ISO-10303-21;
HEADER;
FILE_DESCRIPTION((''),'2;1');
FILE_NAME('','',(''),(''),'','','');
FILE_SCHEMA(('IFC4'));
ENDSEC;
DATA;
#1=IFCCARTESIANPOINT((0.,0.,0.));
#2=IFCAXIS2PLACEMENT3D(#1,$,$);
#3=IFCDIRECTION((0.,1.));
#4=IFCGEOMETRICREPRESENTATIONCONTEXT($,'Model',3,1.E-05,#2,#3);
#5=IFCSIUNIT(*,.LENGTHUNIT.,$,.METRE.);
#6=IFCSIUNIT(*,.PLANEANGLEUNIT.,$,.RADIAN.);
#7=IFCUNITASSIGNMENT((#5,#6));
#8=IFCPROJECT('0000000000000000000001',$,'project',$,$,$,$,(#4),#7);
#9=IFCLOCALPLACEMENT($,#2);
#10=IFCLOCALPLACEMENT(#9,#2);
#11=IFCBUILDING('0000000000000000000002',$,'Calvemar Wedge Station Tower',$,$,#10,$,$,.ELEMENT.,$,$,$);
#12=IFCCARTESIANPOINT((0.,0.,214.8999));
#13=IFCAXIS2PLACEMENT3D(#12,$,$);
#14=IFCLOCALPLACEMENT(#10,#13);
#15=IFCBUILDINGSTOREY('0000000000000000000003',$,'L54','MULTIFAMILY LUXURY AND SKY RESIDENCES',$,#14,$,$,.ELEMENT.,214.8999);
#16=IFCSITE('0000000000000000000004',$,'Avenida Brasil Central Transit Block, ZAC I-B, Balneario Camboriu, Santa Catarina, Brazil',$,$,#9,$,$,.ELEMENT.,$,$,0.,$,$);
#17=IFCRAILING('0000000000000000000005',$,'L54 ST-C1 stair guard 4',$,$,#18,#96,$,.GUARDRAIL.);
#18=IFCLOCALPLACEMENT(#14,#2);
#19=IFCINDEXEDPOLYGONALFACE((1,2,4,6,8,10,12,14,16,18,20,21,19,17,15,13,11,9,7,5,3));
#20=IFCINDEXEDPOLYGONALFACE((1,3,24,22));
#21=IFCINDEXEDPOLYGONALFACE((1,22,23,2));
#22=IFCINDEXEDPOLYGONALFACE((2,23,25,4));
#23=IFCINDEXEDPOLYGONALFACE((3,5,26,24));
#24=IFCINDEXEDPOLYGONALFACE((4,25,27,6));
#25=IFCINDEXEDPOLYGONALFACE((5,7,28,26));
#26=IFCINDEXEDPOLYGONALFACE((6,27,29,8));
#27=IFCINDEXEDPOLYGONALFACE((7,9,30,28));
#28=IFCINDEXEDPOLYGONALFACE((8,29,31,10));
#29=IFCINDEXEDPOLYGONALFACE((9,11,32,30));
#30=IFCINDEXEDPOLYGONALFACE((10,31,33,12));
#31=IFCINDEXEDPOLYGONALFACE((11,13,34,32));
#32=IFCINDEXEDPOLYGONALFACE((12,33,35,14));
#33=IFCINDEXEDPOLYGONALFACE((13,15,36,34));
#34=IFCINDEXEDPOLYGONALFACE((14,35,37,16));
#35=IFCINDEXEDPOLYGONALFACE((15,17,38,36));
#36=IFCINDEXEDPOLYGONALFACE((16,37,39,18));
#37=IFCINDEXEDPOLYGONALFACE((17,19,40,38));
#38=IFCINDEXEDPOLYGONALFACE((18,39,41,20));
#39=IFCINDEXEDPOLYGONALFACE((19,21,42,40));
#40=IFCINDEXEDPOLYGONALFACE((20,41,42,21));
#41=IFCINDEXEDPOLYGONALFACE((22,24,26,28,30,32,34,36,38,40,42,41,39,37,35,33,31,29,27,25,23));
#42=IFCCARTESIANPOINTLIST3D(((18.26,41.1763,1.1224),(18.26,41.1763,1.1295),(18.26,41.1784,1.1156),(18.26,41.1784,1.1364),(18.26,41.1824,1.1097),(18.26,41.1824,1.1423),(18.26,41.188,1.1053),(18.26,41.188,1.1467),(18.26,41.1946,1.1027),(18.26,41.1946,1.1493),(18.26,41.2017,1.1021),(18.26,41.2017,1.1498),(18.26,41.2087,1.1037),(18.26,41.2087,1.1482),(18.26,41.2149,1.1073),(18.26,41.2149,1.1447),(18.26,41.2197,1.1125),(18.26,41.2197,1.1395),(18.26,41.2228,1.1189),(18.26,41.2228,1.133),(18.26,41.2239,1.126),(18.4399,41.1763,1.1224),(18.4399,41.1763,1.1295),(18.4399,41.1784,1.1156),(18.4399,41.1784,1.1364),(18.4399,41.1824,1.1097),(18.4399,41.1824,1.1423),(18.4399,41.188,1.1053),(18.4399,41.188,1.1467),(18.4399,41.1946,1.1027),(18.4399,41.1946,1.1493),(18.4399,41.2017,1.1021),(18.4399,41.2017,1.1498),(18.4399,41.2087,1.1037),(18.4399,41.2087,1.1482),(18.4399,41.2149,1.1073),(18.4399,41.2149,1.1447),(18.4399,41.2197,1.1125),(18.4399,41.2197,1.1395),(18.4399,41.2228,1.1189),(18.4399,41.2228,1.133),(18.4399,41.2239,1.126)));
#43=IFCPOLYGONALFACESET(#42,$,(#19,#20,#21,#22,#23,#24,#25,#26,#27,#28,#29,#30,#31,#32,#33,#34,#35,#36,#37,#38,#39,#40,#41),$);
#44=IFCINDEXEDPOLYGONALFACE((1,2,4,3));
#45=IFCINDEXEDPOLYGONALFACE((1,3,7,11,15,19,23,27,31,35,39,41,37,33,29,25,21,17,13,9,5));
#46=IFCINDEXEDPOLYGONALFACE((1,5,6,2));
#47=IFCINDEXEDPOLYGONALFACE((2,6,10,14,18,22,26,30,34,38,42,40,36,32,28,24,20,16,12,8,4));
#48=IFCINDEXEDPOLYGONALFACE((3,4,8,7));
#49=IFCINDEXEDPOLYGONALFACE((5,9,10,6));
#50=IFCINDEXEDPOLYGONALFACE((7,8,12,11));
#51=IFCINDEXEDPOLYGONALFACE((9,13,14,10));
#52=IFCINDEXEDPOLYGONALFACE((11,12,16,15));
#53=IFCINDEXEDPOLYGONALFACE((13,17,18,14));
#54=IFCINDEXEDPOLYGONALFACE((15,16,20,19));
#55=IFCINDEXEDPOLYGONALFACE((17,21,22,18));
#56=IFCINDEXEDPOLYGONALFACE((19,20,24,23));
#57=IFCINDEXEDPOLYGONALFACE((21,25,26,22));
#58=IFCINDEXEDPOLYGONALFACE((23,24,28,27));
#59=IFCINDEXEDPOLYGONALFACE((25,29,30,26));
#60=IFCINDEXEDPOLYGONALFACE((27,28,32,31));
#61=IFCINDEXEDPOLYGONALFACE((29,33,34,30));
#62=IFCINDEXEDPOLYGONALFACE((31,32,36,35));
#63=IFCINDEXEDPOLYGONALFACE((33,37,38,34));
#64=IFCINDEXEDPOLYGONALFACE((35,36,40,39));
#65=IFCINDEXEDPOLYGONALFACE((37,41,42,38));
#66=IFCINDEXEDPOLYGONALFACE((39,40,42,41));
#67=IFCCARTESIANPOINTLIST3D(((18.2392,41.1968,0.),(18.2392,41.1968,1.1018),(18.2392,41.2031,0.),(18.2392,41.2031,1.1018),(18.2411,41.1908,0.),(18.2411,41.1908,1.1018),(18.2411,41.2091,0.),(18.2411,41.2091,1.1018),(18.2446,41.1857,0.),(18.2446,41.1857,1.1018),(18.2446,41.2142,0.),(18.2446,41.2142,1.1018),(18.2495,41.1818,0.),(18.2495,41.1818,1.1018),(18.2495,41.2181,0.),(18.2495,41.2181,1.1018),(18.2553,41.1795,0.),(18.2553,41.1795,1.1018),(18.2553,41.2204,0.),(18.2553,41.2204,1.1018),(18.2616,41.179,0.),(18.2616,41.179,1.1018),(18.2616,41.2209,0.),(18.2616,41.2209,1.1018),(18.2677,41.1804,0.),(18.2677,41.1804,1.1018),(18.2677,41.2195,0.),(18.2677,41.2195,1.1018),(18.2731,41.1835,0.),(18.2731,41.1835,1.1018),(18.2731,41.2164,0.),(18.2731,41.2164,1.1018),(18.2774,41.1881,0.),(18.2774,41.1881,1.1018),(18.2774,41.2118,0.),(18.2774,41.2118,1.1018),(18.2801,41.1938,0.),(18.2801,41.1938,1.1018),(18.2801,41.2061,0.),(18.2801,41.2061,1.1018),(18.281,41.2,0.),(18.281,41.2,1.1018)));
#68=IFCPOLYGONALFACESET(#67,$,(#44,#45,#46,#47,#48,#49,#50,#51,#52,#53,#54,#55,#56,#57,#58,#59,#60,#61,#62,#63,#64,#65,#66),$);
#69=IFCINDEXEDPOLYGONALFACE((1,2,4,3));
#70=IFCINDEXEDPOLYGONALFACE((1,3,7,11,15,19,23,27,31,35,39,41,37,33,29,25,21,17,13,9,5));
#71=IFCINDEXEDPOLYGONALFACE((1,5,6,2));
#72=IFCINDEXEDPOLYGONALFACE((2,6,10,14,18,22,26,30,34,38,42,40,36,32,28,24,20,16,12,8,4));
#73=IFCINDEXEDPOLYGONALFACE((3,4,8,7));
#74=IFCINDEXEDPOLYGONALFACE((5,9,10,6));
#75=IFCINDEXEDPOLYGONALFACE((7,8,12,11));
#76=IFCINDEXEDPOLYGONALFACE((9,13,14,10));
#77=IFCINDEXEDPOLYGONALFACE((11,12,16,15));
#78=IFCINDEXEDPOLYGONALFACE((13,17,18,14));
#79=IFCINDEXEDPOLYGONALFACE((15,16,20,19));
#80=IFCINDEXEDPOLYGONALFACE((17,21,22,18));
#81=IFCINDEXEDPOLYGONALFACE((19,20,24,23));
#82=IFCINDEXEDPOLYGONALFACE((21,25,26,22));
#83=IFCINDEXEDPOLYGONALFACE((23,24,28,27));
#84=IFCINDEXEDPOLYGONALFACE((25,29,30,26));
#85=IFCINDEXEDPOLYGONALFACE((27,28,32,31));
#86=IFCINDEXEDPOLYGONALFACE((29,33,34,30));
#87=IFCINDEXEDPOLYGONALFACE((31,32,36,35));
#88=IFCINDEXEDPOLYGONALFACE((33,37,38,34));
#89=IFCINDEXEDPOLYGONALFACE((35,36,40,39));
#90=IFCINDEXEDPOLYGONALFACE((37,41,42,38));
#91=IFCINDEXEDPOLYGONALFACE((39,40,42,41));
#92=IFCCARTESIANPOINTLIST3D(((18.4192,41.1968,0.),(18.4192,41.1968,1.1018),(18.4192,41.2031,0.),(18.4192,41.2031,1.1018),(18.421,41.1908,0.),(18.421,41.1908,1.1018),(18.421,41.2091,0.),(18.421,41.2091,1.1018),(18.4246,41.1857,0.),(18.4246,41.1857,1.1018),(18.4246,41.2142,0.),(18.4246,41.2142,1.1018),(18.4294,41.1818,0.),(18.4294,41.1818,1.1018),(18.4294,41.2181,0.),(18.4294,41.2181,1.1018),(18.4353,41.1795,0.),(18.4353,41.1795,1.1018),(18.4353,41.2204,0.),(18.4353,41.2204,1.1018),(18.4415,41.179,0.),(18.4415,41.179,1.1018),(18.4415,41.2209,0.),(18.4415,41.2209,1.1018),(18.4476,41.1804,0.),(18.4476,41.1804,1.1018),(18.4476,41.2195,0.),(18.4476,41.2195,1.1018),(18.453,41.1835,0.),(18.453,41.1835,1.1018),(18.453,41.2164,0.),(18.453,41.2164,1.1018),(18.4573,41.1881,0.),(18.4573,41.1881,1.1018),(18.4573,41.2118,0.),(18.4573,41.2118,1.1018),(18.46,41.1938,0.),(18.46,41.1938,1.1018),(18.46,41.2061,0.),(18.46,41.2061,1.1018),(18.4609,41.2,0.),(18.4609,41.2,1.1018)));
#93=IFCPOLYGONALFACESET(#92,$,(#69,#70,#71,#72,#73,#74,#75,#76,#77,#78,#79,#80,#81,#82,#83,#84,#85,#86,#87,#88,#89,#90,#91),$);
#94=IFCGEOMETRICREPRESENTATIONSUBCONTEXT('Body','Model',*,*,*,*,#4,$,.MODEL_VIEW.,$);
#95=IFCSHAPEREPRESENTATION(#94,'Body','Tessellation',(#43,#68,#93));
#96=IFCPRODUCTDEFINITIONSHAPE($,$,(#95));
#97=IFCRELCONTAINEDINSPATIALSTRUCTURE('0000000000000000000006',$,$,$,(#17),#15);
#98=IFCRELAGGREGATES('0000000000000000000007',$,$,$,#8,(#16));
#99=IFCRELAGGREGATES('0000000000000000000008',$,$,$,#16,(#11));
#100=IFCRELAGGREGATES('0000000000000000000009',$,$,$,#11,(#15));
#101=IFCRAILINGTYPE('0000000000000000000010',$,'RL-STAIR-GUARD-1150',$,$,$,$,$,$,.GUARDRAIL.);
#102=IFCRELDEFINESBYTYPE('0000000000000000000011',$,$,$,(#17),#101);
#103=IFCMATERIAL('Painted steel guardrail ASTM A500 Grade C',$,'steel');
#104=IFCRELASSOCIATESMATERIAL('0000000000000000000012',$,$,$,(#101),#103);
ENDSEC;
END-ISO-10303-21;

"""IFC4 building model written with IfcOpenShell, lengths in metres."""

from ifc_helpers import new_model, si_unit, direction, frame, origin, origin_2d, place, context, subcontext, project, spatial, circle, extrude, material, type_object, element, save


model = new_model("IFC4")

# Units and contexts
model_context = context("Model", 3, precision=1e-05, world=origin(), true_north=direction((0.0, 1.0)))
body_context = subcontext(model_context, "Body", "Model", "MODEL_VIEW")
ifc_project = project(units=[si_unit("LENGTHUNIT", "METRE"), si_unit("PLANEANGLEUNIT", "RADIAN")], contexts=[model_context])

# Site, building, storey
site_placement = place(None, origin())
site = spatial("IfcSite", under=ifc_project, at=site_placement, Name="Avenida Brasil Central Transit Block, ZAC I-B, Balneario Camboriu, Santa Catarina, Brazil", CompositionType="ELEMENT", RefElevation=0.0)
building_placement = place(site_placement, origin())
building = spatial("IfcBuilding", under=site, at=building_placement, Name="Calvemar Wedge Station Tower", CompositionType="ELEMENT")
storey_placement = place(building_placement, frame((0.0, 0.0, 214.8999)))
storey = spatial("IfcBuildingStorey", under=building, at=storey_placement, Name="L54", Description="MULTIFAMILY LUXURY AND SKY RESIDENCES", CompositionType="ELEMENT", Elevation=214.8999)

# Railing
ifc_material_1 = material(Name="Painted steel guardrail ASTM A500 Grade C", Category="steel")
railing_type_1 = type_object("IfcRailingType", Name="RL-STAIR-GUARD-1150", PredefinedType="GUARDRAIL", material=ifc_material_1)
railing_1_placement = place(storey_placement, frame((18.26, 41.2, 0.0)))
element("IfcRailing", 1, at=railing_1_placement, inside=storey, type_object=railing_type_1, Name="L54 ST-C1 stair guard 4", PredefinedType="GUARDRAIL", context=body_context, shape_type="SweptSolid", body=[
    extrude(circle(Radius=0.0239, at=origin_2d()), frame((0.0, 0.0, 1.126), z_axis=(1.0, 0.0, 0.0), x_axis=(0.0, 1.0, 0.0)), (0.0, 0.0, 1.0), 0.1799),
    extrude(circle(Radius=0.021, at=origin_2d()), origin(), (0.0, 0.0, 1.0), 1.1018),
    extrude(circle(Radius=0.021, at=origin_2d()), frame((0.1799, 0.0, 0.0)), (0.0, 0.0, 1.0), 1.1018),
])

save(model, "model.ifc")
